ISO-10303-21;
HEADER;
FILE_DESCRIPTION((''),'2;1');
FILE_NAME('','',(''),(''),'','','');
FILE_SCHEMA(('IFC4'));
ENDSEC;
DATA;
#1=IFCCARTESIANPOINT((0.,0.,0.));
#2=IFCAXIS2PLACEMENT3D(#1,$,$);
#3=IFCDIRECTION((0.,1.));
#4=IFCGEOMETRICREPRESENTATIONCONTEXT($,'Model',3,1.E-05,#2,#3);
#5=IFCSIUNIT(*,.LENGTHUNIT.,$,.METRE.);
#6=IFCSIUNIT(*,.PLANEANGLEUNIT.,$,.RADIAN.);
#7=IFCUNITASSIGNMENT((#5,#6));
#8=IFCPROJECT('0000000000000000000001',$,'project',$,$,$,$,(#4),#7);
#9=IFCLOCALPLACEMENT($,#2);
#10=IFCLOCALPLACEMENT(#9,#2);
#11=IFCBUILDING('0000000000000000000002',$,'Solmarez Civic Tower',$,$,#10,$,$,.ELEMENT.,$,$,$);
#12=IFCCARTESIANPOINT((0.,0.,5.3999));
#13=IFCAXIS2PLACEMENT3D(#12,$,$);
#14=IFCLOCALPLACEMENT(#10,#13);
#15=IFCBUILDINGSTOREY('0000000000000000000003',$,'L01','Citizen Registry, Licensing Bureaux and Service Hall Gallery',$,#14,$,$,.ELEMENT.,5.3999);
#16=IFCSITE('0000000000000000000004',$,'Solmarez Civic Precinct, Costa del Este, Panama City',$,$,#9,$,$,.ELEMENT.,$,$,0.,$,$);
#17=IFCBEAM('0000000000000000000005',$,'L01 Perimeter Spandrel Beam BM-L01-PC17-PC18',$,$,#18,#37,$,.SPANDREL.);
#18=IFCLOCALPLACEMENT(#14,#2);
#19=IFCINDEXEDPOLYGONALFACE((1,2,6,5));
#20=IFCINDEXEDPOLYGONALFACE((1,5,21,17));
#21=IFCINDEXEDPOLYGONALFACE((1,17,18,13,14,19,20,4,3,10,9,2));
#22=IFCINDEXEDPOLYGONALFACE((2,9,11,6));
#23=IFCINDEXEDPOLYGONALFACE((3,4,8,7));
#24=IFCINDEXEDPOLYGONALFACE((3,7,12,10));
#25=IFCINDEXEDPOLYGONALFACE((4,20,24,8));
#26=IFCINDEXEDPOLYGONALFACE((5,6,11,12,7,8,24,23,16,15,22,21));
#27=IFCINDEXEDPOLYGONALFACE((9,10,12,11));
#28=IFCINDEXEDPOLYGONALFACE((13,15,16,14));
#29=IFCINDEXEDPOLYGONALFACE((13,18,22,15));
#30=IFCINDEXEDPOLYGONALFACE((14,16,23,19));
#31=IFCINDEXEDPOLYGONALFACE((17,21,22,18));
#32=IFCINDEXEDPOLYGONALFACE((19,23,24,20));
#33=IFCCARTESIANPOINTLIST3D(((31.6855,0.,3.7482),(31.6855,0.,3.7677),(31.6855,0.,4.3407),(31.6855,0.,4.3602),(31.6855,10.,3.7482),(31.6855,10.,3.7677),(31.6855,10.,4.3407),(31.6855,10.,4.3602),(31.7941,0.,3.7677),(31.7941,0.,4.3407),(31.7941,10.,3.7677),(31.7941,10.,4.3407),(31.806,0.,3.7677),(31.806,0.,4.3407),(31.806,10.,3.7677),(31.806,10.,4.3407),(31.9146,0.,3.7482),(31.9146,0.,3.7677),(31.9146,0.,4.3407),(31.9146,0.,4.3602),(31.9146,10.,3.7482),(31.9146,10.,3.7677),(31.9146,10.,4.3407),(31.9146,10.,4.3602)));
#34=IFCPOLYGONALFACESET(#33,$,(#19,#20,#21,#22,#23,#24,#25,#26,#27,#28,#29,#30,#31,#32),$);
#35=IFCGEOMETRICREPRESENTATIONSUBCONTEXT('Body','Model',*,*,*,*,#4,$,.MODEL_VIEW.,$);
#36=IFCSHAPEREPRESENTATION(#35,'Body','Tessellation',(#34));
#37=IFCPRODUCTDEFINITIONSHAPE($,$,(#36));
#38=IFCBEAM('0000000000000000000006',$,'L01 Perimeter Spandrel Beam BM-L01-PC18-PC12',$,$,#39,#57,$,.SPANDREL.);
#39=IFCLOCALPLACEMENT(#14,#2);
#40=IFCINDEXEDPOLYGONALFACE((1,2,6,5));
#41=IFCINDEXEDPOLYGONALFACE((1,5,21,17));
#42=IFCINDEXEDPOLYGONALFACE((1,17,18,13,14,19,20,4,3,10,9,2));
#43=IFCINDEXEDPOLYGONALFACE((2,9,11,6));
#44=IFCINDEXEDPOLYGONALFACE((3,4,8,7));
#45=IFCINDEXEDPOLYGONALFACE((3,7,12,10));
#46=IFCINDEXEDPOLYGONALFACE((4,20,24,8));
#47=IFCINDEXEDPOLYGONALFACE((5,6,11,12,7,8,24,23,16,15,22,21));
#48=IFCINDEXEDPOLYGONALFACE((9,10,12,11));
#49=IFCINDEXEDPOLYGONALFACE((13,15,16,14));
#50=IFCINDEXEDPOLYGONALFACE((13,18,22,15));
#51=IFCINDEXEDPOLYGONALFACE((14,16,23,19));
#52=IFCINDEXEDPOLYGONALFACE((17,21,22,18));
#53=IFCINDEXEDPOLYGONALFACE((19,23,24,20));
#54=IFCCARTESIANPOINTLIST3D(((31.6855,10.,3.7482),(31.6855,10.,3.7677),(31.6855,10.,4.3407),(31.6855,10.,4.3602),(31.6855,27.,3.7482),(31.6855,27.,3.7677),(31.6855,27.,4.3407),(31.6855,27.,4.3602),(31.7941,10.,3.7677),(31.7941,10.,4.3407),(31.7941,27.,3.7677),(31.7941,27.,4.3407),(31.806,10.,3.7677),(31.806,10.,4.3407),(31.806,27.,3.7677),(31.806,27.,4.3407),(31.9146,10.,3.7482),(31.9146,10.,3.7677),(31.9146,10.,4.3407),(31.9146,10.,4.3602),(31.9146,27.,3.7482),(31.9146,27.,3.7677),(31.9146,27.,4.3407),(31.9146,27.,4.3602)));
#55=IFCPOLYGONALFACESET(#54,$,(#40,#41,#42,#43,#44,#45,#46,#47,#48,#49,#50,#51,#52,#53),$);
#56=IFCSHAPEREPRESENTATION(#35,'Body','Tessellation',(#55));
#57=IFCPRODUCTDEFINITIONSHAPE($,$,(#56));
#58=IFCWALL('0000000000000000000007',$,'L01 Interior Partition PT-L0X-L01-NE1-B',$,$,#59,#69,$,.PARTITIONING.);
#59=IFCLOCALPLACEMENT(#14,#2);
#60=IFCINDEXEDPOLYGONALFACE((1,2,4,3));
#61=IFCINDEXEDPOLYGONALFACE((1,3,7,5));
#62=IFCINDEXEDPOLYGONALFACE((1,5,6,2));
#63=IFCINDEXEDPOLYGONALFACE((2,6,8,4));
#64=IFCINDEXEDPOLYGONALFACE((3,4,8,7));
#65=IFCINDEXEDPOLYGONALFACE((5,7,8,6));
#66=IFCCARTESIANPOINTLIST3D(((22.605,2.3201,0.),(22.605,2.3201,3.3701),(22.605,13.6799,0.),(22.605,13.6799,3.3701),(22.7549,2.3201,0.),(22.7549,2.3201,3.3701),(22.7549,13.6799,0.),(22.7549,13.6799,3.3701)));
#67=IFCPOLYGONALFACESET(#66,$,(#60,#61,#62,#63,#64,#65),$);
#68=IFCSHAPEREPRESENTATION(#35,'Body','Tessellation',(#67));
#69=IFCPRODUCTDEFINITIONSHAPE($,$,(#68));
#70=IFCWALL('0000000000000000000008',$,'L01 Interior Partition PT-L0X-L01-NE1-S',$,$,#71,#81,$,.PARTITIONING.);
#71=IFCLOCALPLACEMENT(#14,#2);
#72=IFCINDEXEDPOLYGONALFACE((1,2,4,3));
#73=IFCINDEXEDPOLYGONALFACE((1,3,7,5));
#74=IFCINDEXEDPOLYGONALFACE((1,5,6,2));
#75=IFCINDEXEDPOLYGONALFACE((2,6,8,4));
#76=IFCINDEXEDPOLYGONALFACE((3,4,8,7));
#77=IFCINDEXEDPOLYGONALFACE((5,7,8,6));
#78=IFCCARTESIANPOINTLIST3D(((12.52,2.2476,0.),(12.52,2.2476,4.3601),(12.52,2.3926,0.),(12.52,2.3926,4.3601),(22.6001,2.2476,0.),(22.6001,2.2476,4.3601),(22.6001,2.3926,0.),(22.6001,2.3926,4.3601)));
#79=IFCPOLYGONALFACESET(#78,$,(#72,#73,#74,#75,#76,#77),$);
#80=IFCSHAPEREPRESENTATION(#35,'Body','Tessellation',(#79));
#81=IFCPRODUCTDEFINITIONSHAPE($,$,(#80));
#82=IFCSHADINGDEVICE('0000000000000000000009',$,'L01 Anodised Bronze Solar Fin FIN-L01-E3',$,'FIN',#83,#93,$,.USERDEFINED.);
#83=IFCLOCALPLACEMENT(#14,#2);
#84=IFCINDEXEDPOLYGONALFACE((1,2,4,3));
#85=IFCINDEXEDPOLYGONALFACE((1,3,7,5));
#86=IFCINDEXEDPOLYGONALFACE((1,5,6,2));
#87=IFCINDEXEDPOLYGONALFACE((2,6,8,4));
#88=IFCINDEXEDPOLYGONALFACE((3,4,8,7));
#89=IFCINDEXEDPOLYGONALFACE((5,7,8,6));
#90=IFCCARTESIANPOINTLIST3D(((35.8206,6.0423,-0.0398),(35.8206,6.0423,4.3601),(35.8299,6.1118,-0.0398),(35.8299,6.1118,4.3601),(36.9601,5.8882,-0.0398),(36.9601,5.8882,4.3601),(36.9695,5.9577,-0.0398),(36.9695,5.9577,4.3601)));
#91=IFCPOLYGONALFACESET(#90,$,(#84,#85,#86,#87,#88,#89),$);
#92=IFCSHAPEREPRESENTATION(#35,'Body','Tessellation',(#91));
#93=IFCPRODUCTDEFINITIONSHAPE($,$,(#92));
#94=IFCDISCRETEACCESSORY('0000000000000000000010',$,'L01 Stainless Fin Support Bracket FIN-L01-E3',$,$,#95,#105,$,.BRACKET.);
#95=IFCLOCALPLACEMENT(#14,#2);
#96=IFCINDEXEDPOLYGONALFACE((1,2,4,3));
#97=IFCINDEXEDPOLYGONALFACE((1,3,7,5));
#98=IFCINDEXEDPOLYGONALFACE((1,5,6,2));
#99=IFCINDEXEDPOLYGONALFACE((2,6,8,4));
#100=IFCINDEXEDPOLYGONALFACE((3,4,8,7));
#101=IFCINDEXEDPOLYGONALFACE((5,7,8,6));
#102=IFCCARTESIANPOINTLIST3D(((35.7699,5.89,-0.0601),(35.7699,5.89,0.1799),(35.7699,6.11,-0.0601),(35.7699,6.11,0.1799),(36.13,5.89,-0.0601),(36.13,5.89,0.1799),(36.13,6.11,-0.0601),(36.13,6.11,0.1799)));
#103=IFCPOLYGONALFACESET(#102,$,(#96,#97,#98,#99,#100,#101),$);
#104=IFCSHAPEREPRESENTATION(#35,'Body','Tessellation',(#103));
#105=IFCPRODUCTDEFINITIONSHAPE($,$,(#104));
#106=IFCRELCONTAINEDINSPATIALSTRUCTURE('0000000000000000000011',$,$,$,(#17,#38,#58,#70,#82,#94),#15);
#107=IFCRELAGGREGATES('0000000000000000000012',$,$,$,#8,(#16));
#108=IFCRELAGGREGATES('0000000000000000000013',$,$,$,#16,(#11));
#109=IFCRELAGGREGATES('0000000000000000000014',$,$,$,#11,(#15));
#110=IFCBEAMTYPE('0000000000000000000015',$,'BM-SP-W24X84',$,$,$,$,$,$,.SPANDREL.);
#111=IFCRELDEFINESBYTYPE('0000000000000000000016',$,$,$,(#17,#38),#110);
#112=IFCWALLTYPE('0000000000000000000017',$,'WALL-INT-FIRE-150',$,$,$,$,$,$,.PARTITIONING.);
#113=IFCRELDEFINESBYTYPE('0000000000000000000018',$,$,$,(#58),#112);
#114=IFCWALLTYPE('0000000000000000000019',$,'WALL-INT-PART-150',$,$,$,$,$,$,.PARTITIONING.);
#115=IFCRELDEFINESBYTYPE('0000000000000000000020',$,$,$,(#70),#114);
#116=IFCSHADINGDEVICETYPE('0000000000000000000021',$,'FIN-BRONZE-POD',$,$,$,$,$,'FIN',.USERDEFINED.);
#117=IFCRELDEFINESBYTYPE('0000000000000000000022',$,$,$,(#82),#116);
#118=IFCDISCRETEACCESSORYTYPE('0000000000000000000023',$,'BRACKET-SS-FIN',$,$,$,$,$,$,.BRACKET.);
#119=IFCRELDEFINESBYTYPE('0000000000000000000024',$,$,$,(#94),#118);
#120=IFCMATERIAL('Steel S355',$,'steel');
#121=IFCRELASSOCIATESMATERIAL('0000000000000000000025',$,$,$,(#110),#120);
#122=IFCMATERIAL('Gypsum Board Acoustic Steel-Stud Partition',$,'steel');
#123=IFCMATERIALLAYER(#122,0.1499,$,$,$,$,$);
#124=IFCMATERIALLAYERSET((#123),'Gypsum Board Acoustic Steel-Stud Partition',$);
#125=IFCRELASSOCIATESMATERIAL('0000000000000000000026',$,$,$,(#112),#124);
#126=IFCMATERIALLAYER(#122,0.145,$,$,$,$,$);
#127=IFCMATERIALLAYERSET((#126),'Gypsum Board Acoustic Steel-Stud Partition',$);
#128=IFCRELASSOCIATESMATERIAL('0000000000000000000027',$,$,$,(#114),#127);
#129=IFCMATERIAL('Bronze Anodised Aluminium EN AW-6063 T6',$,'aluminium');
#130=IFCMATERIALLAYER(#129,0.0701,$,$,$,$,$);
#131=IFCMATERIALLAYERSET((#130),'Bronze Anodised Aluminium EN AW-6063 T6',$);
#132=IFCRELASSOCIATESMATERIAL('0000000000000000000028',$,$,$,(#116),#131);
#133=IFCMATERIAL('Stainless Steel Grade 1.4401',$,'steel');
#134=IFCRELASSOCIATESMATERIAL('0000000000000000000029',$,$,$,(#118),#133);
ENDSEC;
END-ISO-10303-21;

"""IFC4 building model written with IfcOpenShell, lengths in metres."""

from ifc_helpers import new_model, si_unit, direction, frame, frame_2d, origin, origin_2d, place, context, subcontext, project, spatial, rectangle, i_section, extrude, material, layer, layer_set, material_profile, profile_set, type_object, element, save


model = new_model("IFC4")

# Units and contexts
model_context = context("Model", 3, precision=1e-05, world=origin(), true_north=direction((0.0, 1.0)))
body_context = subcontext(model_context, "Body", "Model", "MODEL_VIEW")
ifc_project = project(units=[si_unit("LENGTHUNIT", "METRE"), si_unit("PLANEANGLEUNIT", "RADIAN")], contexts=[model_context])

# Site, building, storey
site_placement = place(None, origin())
site = spatial("IfcSite", under=ifc_project, at=site_placement, Name="Solmarez Civic Precinct, Costa del Este, Panama City", CompositionType="ELEMENT", RefElevation=0.0)
building_placement = place(site_placement, origin())
building = spatial("IfcBuilding", under=site, at=building_placement, Name="Solmarez Civic Tower", CompositionType="ELEMENT")
storey_placement = place(building_placement, frame((0.0, 0.0, 5.3999)))
storey = spatial("IfcBuildingStorey", under=building, at=storey_placement, Name="L01", Description="Citizen Registry, Licensing Bureaux and Service Hall Gallery", CompositionType="ELEMENT", Elevation=5.3999)

# Beams
ifc_material_1 = material(Name="Steel S355", Category="steel")
ifc_material_profile_1 = material_profile(ifc_material_1, i_section(OverallWidth=0.229, OverallDepth=0.6121, WebThickness=0.012, FlangeThickness=0.0195, at=origin_2d()), Name="W24X84")
ifc_profile_set_1 = profile_set([ifc_material_profile_1], Name="Steel S355")
beam_type_1 = type_object("IfcBeamType", Name="BM-SP-W24X84", PredefinedType="SPANDREL", material=ifc_profile_set_1)
beam_1_placement = place(storey_placement, frame((31.8, 0.0, 4.0542), z_axis=(0.0, 1.0, 0.0), x_axis=(-1.0, 0.0, 0.0)))
element("IfcBeam", 1, at=beam_1_placement, inside=storey, type_object=beam_type_1, Name="L01 Perimeter Spandrel Beam BM-L01-PC17-PC18", PredefinedType="SPANDREL", context=body_context, shape_type="SweptSolid", body=[
    extrude(i_section(OverallWidth=0.229, OverallDepth=0.6121, WebThickness=0.012, FlangeThickness=0.0195, at=origin_2d()), origin(), (0.0, 0.0, 1.0), 10.0),
])
beam_2_placement = place(storey_placement, frame((31.8, 10.0, 4.0542), z_axis=(0.0, 1.0, 0.0), x_axis=(-1.0, 0.0, 0.0)))
element("IfcBeam", 2, at=beam_2_placement, inside=storey, type_object=beam_type_1, Name="L01 Perimeter Spandrel Beam BM-L01-PC18-PC12", PredefinedType="SPANDREL", context=body_context, shape_type="SweptSolid", body=[
    extrude(i_section(OverallWidth=0.229, OverallDepth=0.6121, WebThickness=0.012, FlangeThickness=0.0195, at=origin_2d()), origin(), (0.0, 0.0, 1.0), 17.0),
])

# Walls
ifc_material_2 = material(Name="Gypsum Board Acoustic Steel-Stud Partition", Category="steel")
ifc_layer_1 = layer(ifc_material_2, 0.1499)
ifc_layer_set_1 = layer_set([ifc_layer_1], Name="Gypsum Board Acoustic Steel-Stud Partition")
wall_type_1 = type_object("IfcWallType", Name="WALL-INT-FIRE-150", PredefinedType="PARTITIONING", material=ifc_layer_set_1)
wall_1_placement = place(storey_placement, frame((22.6799, 2.3201, 0.0), z_axis=(0.0, 0.0, 1.0), x_axis=(0.0, 1.0, 0.0)))
element("IfcWall", 3, at=wall_1_placement, inside=storey, type_object=wall_type_1, Name="L01 Interior Partition PT-L0X-L01-NE1-B", PredefinedType="PARTITIONING", context=body_context, shape_type="SweptSolid", body=[
    extrude(rectangle(XDim=11.3599, YDim=0.1499, at=frame_2d((5.6799, 0.0))), origin(), (0.0, 0.0, 1.0), 3.3701),
])
ifc_layer_2 = layer(ifc_material_2, 0.145)
ifc_layer_set_2 = layer_set([ifc_layer_2], Name="Gypsum Board Acoustic Steel-Stud Partition")
wall_type_2 = type_object("IfcWallType", Name="WALL-INT-PART-150", PredefinedType="PARTITIONING", material=ifc_layer_set_2)
wall_2_placement = place(storey_placement, frame((12.52, 2.3201, 0.0), z_axis=(0.0, 0.0, 1.0), x_axis=(1.0, 0.0, 0.0)))
element("IfcWall", 4, at=wall_2_placement, inside=storey, type_object=wall_type_2, Name="L01 Interior Partition PT-L0X-L01-NE1-S", PredefinedType="PARTITIONING", context=body_context, shape_type="SweptSolid", body=[
    extrude(rectangle(XDim=10.0801, YDim=0.145, at=frame_2d((5.04, 0.0))), origin(), (0.0, 0.0, 1.0), 4.3601),
])

# Shading device
ifc_material_3 = material(Name="Bronze Anodised Aluminium EN AW-6063 T6", Category="aluminium")
ifc_layer_3 = layer(ifc_material_3, 0.0701)
ifc_layer_set_3 = layer_set([ifc_layer_3], Name="Bronze Anodised Aluminium EN AW-6063 T6")
shading_device_type = type_object("IfcShadingDeviceType", Name="FIN-BRONZE-POD", ElementType="FIN", PredefinedType="USERDEFINED", material=ifc_layer_set_3)
shading_device_placement = place(storey_placement, frame((36.395, 6.0, -0.0398), z_axis=(0.0, 0.0, 1.0), x_axis=(0.990983, -0.133986, 0.0)))
element("IfcShadingDevice", 5, at=shading_device_placement, inside=storey, type_object=shading_device_type, Name="L01 Anodised Bronze Solar Fin FIN-L01-E3", ObjectType="FIN", PredefinedType="USERDEFINED", context=body_context, shape_type="SweptSolid", body=[
    extrude(rectangle(XDim=1.1499, YDim=0.0701, at=origin_2d()), origin(), (0.0, 0.0, 1.0), 4.3999),
])

# Discrete accessory
ifc_material_4 = material(Name="Stainless Steel Grade 1.4401", Category="steel")
discrete_accessory_type = type_object("IfcDiscreteAccessoryType", Name="BRACKET-SS-FIN", PredefinedType="BRACKET", material=ifc_material_4)
discrete_accessory_placement = place(storey_placement, frame((35.95, 6.0, -0.0601), z_axis=(0.0, 0.0, 1.0), x_axis=(1.0, 0.0, 0.0)))
element("IfcDiscreteAccessory", 6, at=discrete_accessory_placement, inside=storey, type_object=discrete_accessory_type, Name="L01 Stainless Fin Support Bracket FIN-L01-E3", PredefinedType="BRACKET", context=body_context, shape_type="SweptSolid", body=[
    extrude(rectangle(XDim=0.3601, YDim=0.22, at=origin_2d()), origin(), (0.0, 0.0, 1.0), 0.24),
])

save(model, "model.ifc")
